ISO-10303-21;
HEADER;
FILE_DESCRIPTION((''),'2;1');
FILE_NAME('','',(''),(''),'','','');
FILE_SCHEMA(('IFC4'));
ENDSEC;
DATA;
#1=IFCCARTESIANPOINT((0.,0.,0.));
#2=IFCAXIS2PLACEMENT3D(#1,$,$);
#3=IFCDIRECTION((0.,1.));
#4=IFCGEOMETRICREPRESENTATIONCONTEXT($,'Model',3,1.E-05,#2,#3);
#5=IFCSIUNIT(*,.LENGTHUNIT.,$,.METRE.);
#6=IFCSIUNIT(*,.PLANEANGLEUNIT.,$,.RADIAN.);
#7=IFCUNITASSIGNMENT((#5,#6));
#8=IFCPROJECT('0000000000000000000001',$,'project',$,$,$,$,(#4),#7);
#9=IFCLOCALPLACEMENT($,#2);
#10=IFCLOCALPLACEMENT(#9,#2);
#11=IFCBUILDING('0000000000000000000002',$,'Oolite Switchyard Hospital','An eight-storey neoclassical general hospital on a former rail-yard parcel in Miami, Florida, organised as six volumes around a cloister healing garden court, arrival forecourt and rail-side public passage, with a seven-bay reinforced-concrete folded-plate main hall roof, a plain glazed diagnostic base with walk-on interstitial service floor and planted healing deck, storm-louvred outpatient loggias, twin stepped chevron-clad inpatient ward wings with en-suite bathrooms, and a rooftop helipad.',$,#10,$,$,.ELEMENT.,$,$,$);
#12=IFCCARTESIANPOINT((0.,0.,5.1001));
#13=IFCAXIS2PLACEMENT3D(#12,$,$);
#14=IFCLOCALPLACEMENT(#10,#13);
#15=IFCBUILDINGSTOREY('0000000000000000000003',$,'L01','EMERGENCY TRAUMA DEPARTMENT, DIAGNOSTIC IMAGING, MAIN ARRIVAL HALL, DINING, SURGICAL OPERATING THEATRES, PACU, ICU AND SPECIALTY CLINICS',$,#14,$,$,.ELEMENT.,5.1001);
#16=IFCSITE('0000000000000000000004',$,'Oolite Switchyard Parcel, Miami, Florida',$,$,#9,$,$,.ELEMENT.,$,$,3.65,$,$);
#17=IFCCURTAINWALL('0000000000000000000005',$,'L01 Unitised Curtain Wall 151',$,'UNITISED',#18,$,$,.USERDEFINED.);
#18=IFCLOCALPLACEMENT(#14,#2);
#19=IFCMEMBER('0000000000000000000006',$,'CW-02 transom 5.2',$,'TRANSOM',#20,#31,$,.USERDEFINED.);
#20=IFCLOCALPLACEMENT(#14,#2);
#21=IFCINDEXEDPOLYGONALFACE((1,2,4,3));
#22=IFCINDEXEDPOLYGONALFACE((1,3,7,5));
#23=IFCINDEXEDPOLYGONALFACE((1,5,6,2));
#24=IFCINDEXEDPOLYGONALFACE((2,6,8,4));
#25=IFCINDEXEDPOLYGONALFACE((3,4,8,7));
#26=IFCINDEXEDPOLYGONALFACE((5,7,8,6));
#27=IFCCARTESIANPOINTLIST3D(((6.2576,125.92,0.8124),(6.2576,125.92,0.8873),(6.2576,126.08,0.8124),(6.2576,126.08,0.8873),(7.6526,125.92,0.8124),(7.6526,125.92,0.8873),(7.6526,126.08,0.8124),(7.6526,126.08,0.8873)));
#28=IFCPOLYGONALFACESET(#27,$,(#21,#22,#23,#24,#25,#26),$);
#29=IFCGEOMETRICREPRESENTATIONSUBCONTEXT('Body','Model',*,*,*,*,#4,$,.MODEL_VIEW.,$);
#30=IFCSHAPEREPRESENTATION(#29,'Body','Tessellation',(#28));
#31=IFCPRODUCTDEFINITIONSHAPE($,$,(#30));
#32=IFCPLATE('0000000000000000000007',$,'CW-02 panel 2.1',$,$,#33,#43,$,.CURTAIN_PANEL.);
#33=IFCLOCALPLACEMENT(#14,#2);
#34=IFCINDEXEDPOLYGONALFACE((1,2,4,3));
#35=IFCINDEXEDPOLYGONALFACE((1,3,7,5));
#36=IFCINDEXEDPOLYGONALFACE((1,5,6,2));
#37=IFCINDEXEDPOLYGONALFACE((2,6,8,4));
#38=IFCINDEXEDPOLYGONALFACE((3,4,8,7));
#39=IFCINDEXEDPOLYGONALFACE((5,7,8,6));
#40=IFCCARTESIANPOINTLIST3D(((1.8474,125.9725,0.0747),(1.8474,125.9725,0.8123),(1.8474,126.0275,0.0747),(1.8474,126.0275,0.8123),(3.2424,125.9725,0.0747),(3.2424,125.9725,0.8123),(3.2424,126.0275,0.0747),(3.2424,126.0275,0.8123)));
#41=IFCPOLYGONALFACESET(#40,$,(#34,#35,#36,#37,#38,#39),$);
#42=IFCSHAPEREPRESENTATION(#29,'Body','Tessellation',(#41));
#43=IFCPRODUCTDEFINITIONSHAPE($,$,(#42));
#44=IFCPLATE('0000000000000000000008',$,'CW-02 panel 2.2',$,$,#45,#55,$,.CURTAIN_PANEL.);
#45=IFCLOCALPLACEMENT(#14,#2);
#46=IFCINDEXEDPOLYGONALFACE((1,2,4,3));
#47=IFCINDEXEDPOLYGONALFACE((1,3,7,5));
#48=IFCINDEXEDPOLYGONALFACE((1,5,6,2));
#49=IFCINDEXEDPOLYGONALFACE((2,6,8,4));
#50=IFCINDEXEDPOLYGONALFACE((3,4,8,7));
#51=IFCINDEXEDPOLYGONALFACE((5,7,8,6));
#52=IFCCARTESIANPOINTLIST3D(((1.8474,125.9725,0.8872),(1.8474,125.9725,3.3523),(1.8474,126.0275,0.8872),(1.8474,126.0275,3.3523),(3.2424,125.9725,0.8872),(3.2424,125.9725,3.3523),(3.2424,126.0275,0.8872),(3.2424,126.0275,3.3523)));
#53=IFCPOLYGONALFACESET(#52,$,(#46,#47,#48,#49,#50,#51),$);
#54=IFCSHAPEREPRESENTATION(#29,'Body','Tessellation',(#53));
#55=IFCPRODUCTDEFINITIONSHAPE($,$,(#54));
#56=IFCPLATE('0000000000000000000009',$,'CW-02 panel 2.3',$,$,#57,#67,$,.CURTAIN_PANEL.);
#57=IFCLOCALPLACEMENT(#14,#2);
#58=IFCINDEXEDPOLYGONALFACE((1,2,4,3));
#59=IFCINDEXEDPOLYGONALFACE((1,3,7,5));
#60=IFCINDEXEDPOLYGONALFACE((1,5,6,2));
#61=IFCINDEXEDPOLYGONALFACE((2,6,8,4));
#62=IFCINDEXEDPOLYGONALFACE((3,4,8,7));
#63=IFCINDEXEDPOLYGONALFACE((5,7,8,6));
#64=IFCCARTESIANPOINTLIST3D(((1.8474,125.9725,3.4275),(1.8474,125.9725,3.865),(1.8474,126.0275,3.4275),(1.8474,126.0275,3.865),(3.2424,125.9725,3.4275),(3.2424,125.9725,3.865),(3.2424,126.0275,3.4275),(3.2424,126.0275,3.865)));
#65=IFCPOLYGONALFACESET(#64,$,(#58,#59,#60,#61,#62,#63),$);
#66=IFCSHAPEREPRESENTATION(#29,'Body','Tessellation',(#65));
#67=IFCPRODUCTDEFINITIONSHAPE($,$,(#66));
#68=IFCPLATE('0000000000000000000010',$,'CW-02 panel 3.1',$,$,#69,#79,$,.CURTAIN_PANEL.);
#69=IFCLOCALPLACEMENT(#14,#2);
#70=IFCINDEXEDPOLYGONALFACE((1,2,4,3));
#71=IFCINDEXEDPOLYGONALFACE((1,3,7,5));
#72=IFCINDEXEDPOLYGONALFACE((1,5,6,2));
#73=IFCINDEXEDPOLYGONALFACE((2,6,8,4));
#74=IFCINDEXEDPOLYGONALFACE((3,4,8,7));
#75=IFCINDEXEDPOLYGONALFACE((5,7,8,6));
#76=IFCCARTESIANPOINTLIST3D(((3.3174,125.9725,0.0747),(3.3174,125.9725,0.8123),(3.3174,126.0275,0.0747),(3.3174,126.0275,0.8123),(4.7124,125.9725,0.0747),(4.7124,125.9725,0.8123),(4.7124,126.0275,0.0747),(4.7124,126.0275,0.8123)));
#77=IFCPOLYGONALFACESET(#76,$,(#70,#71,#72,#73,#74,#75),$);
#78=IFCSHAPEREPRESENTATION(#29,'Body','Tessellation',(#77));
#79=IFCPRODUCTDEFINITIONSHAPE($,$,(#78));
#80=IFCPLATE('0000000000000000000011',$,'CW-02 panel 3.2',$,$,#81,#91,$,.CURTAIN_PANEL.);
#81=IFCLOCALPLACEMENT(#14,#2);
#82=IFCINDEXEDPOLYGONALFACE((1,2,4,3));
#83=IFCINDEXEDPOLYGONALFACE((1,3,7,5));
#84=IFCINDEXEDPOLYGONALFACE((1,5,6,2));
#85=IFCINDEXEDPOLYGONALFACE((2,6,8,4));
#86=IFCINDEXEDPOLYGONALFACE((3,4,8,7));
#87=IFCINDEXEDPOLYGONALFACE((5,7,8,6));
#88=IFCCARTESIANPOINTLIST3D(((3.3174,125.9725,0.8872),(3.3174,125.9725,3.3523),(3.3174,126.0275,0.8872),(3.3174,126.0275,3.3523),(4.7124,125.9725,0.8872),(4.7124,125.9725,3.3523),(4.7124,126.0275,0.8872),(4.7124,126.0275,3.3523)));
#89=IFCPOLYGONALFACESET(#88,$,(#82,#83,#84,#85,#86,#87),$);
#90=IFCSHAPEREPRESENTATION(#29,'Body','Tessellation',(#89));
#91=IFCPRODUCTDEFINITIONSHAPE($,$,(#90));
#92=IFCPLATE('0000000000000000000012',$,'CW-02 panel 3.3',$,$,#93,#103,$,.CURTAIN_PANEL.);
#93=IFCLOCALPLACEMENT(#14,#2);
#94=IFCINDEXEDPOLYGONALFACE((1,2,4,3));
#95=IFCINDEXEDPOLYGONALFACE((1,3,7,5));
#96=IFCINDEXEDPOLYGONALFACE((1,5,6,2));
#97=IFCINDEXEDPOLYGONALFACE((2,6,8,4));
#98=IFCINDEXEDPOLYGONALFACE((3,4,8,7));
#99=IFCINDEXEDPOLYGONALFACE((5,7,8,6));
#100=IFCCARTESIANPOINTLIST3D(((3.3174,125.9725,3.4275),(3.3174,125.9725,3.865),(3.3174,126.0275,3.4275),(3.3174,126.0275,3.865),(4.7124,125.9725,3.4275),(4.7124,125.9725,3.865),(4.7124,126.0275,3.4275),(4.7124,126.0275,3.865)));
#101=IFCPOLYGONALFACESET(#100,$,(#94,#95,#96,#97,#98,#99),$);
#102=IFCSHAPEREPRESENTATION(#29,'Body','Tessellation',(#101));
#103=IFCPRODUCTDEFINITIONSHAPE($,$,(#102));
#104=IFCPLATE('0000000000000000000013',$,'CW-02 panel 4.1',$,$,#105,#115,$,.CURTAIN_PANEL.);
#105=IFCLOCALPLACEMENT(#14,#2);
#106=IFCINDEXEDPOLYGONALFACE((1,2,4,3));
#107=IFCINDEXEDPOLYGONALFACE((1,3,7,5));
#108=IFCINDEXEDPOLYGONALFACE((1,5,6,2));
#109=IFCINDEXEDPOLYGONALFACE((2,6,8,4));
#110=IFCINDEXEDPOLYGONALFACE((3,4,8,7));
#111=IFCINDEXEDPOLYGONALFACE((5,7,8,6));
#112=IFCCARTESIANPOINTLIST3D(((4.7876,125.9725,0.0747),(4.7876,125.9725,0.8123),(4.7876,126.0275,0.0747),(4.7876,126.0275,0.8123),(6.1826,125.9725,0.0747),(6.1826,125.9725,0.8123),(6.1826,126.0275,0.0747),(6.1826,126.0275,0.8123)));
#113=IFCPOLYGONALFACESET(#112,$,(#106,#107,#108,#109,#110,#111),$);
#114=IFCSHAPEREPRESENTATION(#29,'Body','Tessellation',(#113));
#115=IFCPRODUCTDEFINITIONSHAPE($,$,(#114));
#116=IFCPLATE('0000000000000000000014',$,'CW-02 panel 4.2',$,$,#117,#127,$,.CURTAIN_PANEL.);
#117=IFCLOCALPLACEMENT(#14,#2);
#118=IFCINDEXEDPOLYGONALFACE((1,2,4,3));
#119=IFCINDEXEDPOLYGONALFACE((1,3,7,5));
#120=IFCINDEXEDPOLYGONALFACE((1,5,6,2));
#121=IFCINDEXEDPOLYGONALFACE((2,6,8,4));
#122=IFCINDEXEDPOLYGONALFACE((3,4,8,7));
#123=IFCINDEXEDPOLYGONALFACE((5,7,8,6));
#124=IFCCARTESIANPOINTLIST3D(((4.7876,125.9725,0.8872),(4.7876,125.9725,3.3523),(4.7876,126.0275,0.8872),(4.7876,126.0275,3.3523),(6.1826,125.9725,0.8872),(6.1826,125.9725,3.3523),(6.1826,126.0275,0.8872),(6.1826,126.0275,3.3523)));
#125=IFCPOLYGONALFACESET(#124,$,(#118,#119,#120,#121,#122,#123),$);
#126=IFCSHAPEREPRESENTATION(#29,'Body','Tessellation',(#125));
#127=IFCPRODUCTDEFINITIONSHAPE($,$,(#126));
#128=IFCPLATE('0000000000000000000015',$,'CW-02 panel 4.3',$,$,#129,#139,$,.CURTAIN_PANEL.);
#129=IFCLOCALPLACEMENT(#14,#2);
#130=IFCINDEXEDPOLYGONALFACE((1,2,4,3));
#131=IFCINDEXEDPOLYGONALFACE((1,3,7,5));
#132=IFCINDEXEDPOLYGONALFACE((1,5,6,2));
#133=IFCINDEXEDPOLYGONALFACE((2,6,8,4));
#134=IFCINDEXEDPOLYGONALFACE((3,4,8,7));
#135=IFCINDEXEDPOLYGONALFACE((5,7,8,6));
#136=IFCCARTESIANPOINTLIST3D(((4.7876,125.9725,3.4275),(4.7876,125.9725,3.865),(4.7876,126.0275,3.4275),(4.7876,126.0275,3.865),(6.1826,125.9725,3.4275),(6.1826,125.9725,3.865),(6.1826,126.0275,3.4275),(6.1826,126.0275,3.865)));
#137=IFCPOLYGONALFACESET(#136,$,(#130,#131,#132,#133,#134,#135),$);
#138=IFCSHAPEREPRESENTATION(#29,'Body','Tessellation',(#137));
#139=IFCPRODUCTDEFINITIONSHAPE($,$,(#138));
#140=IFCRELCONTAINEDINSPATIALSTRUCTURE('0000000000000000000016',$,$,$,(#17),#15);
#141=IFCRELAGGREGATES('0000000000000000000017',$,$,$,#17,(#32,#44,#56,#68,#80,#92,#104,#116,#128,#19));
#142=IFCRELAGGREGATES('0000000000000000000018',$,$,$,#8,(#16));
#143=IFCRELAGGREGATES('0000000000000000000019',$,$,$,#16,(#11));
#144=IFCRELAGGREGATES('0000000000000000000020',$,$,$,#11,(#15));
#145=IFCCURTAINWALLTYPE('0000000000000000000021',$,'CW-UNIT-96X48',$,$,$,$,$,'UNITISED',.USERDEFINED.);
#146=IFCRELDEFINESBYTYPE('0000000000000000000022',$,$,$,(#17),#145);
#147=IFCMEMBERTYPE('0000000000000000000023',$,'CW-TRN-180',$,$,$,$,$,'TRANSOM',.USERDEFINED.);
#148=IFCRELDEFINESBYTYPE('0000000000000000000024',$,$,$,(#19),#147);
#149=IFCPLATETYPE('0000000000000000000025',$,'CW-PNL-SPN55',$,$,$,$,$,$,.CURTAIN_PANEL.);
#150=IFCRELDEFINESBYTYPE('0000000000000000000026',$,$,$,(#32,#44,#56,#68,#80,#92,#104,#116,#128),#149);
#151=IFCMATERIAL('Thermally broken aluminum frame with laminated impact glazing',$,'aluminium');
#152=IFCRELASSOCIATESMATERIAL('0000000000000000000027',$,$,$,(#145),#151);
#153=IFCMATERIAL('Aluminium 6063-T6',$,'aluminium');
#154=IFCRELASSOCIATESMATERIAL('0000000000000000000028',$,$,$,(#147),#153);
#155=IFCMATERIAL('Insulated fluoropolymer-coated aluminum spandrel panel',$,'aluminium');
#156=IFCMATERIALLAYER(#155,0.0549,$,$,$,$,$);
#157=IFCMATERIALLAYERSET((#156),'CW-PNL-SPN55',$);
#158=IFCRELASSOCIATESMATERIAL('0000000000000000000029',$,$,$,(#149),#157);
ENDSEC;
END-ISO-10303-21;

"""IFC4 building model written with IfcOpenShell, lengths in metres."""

from ifc_helpers import new_model, si_unit, direction, frame, origin, origin_2d, place, context, subcontext, project, spatial, rectangle, extrude, material, layer, layer_set, material_profile, profile_set, type_object, element, aggregate, save


model = new_model("IFC4")

# Units and contexts
model_context = context("Model", 3, precision=1e-05, world=origin(), true_north=direction((0.0, 1.0)))
body_context = subcontext(model_context, "Body", "Model", "MODEL_VIEW")
ifc_project = project(units=[si_unit("LENGTHUNIT", "METRE"), si_unit("PLANEANGLEUNIT", "RADIAN")], contexts=[model_context])

# Site, building, storey
site_placement = place(None, origin())
site = spatial("IfcSite", under=ifc_project, at=site_placement, Name="Oolite Switchyard Parcel, Miami, Florida", CompositionType="ELEMENT", RefElevation=3.65)
building_placement = place(site_placement, origin())
building = spatial("IfcBuilding", under=site, at=building_placement, Name="Oolite Switchyard Hospital", Description="An eight-storey neoclassical general hospital on a former rail-yard parcel in Miami, Florida, organised as six volumes around a cloister healing garden court, arrival forecourt and rail-side public passage, with a seven-bay reinforced-concrete folded-plate main hall roof, a plain glazed diagnostic base with walk-on interstitial service floor and planted healing deck, storm-louvred outpatient loggias, twin stepped chevron-clad inpatient ward wings with en-suite bathrooms, and a rooftop helipad.", CompositionType="ELEMENT")
storey_placement = place(building_placement, frame((0.0, 0.0, 5.1001)))
storey = spatial("IfcBuildingStorey", under=building, at=storey_placement, Name="L01", Description="EMERGENCY TRAUMA DEPARTMENT, DIAGNOSTIC IMAGING, MAIN ARRIVAL HALL, DINING, SURGICAL OPERATING THEATRES, PACU, ICU AND SPECIALTY CLINICS", CompositionType="ELEMENT", Elevation=5.1001)

# Curtain wall, member, plates
ifc_material_1 = material(Name="Thermally broken aluminum frame with laminated impact glazing", Category="aluminium")
curtain_wall_type = type_object("IfcCurtainWallType", Name="CW-UNIT-96X48", ElementType="UNITISED", PredefinedType="USERDEFINED", material=ifc_material_1)
curtain_wall_placement = place(storey_placement, origin())
curtain_wall = element("IfcCurtainWall", 1, at=curtain_wall_placement, inside=storey, type_object=curtain_wall_type, Name="L01 Unitised Curtain Wall 151", ObjectType="UNITISED", PredefinedType="USERDEFINED")
ifc_material_2 = material(Name="Aluminium 6063-T6", Category="aluminium")
ifc_material_profile_1 = material_profile(ifc_material_2, rectangle(XDim=0.1599, YDim=0.075, at=origin_2d()), Name="CWT75X160")
ifc_profile_set_1 = profile_set([ifc_material_profile_1], Name="Aluminium 6063-T6")
member_type_1 = type_object("IfcMemberType", Name="CW-TRN-180", ElementType="TRANSOM", PredefinedType="USERDEFINED", material=ifc_profile_set_1)
member_1_placement = place(storey_placement, frame((6.2576, 126.0, 0.8499), z_axis=(1.0, 0.0, 0.0), x_axis=(0.0, 1.0, 0.0)))
member_1 = element("IfcMember", 2, at=member_1_placement, type_object=member_type_1, Name="CW-02 transom 5.2", ObjectType="TRANSOM", PredefinedType="USERDEFINED", context=body_context, shape_type="SweptSolid", body=[
    extrude(rectangle(XDim=0.1599, YDim=0.075, at=origin_2d()), origin(), (0.0, 0.0, 1.0), 1.395),
])
ifc_material_3 = material(Name="Insulated fluoropolymer-coated aluminum spandrel panel", Category="aluminium")
ifc_layer = layer(ifc_material_3, 0.0549)
ifc_layer_set = layer_set([ifc_layer], Name="CW-PNL-SPN55")
plate_type = type_object("IfcPlateType", Name="CW-PNL-SPN55", PredefinedType="CURTAIN_PANEL", material=ifc_layer_set)
plate_1_placement = place(storey_placement, frame((2.5449, 126.0, 0.0747), z_axis=(0.0, 0.0, 1.0), x_axis=(1.0, 0.0, 0.0)))
plate_1 = element("IfcPlate", 3, at=plate_1_placement, type_object=plate_type, Name="CW-02 panel 2.1", PredefinedType="CURTAIN_PANEL", context=body_context, shape_type="SweptSolid", body=[
    extrude(rectangle(XDim=1.395, YDim=0.0549, at=origin_2d()), origin(), (0.0, 0.0, 1.0), 0.7375),
])
plate_2_placement = place(storey_placement, frame((2.5449, 126.0, 0.8872), z_axis=(0.0, 0.0, 1.0), x_axis=(1.0, 0.0, 0.0)))
plate_2 = element("IfcPlate", 4, at=plate_2_placement, type_object=plate_type, Name="CW-02 panel 2.2", PredefinedType="CURTAIN_PANEL", context=body_context, shape_type="SweptSolid", body=[
    extrude(rectangle(XDim=1.395, YDim=0.0549, at=origin_2d()), origin(), (0.0, 0.0, 1.0), 2.4651),
])
plate_3_placement = place(storey_placement, frame((2.5449, 126.0, 3.4275), z_axis=(0.0, 0.0, 1.0), x_axis=(1.0, 0.0, 0.0)))
plate_3 = element("IfcPlate", 5, at=plate_3_placement, type_object=plate_type, Name="CW-02 panel 2.3", PredefinedType="CURTAIN_PANEL", context=body_context, shape_type="SweptSolid", body=[
    extrude(rectangle(XDim=1.395, YDim=0.0549, at=origin_2d()), origin(), (0.0, 0.0, 1.0), 0.4375),
])
plate_4_placement = place(storey_placement, frame((4.0149, 126.0, 0.0747), z_axis=(0.0, 0.0, 1.0), x_axis=(1.0, 0.0, 0.0)))
plate_4 = element("IfcPlate", 6, at=plate_4_placement, type_object=plate_type, Name="CW-02 panel 3.1", PredefinedType="CURTAIN_PANEL", context=body_context, shape_type="SweptSolid", body=[
    extrude(rectangle(XDim=1.395, YDim=0.0549, at=origin_2d()), origin(), (0.0, 0.0, 1.0), 0.7375),
])
plate_5_placement = place(storey_placement, frame((4.0149, 126.0, 0.8872), z_axis=(0.0, 0.0, 1.0), x_axis=(1.0, 0.0, 0.0)))
plate_5 = element("IfcPlate", 7, at=plate_5_placement, type_object=plate_type, Name="CW-02 panel 3.2", PredefinedType="CURTAIN_PANEL", context=body_context, shape_type="SweptSolid", body=[
    extrude(rectangle(XDim=1.395, YDim=0.0549, at=origin_2d()), origin(), (0.0, 0.0, 1.0), 2.4651),
])
plate_6_placement = place(storey_placement, frame((4.0149, 126.0, 3.4275), z_axis=(0.0, 0.0, 1.0), x_axis=(1.0, 0.0, 0.0)))
plate_6 = element("IfcPlate", 8, at=plate_6_placement, type_object=plate_type, Name="CW-02 panel 3.3", PredefinedType="CURTAIN_PANEL", context=body_context, shape_type="SweptSolid", body=[
    extrude(rectangle(XDim=1.395, YDim=0.0549, at=origin_2d()), origin(), (0.0, 0.0, 1.0), 0.4375),
])
plate_7_placement = place(storey_placement, frame((5.4851, 126.0, 0.0747), z_axis=(0.0, 0.0, 1.0), x_axis=(1.0, 0.0, 0.0)))
plate_7 = element("IfcPlate", 9, at=plate_7_placement, type_object=plate_type, Name="CW-02 panel 4.1", PredefinedType="CURTAIN_PANEL", context=body_context, shape_type="SweptSolid", body=[
    extrude(rectangle(XDim=1.395, YDim=0.0549, at=origin_2d()), origin(), (0.0, 0.0, 1.0), 0.7375),
])
plate_8_placement = place(storey_placement, frame((5.4851, 126.0, 0.8872), z_axis=(0.0, 0.0, 1.0), x_axis=(1.0, 0.0, 0.0)))
plate_8 = element("IfcPlate", 10, at=plate_8_placement, type_object=plate_type, Name="CW-02 panel 4.2", PredefinedType="CURTAIN_PANEL", context=body_context, shape_type="SweptSolid", body=[
    extrude(rectangle(XDim=1.395, YDim=0.0549, at=origin_2d()), origin(), (0.0, 0.0, 1.0), 2.4651),
])
plate_9_placement = place(storey_placement, frame((5.4851, 126.0, 3.4275), z_axis=(0.0, 0.0, 1.0), x_axis=(1.0, 0.0, 0.0)))
plate_9 = element("IfcPlate", 11, at=plate_9_placement, type_object=plate_type, Name="CW-02 panel 4.3", PredefinedType="CURTAIN_PANEL", context=body_context, shape_type="SweptSolid", body=[
    extrude(rectangle(XDim=1.395, YDim=0.0549, at=origin_2d()), origin(), (0.0, 0.0, 1.0), 0.4375),
])
aggregate(curtain_wall, [plate_1, plate_2, plate_3, plate_4, plate_5, plate_6, plate_7, plate_8, plate_9, member_1])

save(model, "model.ifc")
